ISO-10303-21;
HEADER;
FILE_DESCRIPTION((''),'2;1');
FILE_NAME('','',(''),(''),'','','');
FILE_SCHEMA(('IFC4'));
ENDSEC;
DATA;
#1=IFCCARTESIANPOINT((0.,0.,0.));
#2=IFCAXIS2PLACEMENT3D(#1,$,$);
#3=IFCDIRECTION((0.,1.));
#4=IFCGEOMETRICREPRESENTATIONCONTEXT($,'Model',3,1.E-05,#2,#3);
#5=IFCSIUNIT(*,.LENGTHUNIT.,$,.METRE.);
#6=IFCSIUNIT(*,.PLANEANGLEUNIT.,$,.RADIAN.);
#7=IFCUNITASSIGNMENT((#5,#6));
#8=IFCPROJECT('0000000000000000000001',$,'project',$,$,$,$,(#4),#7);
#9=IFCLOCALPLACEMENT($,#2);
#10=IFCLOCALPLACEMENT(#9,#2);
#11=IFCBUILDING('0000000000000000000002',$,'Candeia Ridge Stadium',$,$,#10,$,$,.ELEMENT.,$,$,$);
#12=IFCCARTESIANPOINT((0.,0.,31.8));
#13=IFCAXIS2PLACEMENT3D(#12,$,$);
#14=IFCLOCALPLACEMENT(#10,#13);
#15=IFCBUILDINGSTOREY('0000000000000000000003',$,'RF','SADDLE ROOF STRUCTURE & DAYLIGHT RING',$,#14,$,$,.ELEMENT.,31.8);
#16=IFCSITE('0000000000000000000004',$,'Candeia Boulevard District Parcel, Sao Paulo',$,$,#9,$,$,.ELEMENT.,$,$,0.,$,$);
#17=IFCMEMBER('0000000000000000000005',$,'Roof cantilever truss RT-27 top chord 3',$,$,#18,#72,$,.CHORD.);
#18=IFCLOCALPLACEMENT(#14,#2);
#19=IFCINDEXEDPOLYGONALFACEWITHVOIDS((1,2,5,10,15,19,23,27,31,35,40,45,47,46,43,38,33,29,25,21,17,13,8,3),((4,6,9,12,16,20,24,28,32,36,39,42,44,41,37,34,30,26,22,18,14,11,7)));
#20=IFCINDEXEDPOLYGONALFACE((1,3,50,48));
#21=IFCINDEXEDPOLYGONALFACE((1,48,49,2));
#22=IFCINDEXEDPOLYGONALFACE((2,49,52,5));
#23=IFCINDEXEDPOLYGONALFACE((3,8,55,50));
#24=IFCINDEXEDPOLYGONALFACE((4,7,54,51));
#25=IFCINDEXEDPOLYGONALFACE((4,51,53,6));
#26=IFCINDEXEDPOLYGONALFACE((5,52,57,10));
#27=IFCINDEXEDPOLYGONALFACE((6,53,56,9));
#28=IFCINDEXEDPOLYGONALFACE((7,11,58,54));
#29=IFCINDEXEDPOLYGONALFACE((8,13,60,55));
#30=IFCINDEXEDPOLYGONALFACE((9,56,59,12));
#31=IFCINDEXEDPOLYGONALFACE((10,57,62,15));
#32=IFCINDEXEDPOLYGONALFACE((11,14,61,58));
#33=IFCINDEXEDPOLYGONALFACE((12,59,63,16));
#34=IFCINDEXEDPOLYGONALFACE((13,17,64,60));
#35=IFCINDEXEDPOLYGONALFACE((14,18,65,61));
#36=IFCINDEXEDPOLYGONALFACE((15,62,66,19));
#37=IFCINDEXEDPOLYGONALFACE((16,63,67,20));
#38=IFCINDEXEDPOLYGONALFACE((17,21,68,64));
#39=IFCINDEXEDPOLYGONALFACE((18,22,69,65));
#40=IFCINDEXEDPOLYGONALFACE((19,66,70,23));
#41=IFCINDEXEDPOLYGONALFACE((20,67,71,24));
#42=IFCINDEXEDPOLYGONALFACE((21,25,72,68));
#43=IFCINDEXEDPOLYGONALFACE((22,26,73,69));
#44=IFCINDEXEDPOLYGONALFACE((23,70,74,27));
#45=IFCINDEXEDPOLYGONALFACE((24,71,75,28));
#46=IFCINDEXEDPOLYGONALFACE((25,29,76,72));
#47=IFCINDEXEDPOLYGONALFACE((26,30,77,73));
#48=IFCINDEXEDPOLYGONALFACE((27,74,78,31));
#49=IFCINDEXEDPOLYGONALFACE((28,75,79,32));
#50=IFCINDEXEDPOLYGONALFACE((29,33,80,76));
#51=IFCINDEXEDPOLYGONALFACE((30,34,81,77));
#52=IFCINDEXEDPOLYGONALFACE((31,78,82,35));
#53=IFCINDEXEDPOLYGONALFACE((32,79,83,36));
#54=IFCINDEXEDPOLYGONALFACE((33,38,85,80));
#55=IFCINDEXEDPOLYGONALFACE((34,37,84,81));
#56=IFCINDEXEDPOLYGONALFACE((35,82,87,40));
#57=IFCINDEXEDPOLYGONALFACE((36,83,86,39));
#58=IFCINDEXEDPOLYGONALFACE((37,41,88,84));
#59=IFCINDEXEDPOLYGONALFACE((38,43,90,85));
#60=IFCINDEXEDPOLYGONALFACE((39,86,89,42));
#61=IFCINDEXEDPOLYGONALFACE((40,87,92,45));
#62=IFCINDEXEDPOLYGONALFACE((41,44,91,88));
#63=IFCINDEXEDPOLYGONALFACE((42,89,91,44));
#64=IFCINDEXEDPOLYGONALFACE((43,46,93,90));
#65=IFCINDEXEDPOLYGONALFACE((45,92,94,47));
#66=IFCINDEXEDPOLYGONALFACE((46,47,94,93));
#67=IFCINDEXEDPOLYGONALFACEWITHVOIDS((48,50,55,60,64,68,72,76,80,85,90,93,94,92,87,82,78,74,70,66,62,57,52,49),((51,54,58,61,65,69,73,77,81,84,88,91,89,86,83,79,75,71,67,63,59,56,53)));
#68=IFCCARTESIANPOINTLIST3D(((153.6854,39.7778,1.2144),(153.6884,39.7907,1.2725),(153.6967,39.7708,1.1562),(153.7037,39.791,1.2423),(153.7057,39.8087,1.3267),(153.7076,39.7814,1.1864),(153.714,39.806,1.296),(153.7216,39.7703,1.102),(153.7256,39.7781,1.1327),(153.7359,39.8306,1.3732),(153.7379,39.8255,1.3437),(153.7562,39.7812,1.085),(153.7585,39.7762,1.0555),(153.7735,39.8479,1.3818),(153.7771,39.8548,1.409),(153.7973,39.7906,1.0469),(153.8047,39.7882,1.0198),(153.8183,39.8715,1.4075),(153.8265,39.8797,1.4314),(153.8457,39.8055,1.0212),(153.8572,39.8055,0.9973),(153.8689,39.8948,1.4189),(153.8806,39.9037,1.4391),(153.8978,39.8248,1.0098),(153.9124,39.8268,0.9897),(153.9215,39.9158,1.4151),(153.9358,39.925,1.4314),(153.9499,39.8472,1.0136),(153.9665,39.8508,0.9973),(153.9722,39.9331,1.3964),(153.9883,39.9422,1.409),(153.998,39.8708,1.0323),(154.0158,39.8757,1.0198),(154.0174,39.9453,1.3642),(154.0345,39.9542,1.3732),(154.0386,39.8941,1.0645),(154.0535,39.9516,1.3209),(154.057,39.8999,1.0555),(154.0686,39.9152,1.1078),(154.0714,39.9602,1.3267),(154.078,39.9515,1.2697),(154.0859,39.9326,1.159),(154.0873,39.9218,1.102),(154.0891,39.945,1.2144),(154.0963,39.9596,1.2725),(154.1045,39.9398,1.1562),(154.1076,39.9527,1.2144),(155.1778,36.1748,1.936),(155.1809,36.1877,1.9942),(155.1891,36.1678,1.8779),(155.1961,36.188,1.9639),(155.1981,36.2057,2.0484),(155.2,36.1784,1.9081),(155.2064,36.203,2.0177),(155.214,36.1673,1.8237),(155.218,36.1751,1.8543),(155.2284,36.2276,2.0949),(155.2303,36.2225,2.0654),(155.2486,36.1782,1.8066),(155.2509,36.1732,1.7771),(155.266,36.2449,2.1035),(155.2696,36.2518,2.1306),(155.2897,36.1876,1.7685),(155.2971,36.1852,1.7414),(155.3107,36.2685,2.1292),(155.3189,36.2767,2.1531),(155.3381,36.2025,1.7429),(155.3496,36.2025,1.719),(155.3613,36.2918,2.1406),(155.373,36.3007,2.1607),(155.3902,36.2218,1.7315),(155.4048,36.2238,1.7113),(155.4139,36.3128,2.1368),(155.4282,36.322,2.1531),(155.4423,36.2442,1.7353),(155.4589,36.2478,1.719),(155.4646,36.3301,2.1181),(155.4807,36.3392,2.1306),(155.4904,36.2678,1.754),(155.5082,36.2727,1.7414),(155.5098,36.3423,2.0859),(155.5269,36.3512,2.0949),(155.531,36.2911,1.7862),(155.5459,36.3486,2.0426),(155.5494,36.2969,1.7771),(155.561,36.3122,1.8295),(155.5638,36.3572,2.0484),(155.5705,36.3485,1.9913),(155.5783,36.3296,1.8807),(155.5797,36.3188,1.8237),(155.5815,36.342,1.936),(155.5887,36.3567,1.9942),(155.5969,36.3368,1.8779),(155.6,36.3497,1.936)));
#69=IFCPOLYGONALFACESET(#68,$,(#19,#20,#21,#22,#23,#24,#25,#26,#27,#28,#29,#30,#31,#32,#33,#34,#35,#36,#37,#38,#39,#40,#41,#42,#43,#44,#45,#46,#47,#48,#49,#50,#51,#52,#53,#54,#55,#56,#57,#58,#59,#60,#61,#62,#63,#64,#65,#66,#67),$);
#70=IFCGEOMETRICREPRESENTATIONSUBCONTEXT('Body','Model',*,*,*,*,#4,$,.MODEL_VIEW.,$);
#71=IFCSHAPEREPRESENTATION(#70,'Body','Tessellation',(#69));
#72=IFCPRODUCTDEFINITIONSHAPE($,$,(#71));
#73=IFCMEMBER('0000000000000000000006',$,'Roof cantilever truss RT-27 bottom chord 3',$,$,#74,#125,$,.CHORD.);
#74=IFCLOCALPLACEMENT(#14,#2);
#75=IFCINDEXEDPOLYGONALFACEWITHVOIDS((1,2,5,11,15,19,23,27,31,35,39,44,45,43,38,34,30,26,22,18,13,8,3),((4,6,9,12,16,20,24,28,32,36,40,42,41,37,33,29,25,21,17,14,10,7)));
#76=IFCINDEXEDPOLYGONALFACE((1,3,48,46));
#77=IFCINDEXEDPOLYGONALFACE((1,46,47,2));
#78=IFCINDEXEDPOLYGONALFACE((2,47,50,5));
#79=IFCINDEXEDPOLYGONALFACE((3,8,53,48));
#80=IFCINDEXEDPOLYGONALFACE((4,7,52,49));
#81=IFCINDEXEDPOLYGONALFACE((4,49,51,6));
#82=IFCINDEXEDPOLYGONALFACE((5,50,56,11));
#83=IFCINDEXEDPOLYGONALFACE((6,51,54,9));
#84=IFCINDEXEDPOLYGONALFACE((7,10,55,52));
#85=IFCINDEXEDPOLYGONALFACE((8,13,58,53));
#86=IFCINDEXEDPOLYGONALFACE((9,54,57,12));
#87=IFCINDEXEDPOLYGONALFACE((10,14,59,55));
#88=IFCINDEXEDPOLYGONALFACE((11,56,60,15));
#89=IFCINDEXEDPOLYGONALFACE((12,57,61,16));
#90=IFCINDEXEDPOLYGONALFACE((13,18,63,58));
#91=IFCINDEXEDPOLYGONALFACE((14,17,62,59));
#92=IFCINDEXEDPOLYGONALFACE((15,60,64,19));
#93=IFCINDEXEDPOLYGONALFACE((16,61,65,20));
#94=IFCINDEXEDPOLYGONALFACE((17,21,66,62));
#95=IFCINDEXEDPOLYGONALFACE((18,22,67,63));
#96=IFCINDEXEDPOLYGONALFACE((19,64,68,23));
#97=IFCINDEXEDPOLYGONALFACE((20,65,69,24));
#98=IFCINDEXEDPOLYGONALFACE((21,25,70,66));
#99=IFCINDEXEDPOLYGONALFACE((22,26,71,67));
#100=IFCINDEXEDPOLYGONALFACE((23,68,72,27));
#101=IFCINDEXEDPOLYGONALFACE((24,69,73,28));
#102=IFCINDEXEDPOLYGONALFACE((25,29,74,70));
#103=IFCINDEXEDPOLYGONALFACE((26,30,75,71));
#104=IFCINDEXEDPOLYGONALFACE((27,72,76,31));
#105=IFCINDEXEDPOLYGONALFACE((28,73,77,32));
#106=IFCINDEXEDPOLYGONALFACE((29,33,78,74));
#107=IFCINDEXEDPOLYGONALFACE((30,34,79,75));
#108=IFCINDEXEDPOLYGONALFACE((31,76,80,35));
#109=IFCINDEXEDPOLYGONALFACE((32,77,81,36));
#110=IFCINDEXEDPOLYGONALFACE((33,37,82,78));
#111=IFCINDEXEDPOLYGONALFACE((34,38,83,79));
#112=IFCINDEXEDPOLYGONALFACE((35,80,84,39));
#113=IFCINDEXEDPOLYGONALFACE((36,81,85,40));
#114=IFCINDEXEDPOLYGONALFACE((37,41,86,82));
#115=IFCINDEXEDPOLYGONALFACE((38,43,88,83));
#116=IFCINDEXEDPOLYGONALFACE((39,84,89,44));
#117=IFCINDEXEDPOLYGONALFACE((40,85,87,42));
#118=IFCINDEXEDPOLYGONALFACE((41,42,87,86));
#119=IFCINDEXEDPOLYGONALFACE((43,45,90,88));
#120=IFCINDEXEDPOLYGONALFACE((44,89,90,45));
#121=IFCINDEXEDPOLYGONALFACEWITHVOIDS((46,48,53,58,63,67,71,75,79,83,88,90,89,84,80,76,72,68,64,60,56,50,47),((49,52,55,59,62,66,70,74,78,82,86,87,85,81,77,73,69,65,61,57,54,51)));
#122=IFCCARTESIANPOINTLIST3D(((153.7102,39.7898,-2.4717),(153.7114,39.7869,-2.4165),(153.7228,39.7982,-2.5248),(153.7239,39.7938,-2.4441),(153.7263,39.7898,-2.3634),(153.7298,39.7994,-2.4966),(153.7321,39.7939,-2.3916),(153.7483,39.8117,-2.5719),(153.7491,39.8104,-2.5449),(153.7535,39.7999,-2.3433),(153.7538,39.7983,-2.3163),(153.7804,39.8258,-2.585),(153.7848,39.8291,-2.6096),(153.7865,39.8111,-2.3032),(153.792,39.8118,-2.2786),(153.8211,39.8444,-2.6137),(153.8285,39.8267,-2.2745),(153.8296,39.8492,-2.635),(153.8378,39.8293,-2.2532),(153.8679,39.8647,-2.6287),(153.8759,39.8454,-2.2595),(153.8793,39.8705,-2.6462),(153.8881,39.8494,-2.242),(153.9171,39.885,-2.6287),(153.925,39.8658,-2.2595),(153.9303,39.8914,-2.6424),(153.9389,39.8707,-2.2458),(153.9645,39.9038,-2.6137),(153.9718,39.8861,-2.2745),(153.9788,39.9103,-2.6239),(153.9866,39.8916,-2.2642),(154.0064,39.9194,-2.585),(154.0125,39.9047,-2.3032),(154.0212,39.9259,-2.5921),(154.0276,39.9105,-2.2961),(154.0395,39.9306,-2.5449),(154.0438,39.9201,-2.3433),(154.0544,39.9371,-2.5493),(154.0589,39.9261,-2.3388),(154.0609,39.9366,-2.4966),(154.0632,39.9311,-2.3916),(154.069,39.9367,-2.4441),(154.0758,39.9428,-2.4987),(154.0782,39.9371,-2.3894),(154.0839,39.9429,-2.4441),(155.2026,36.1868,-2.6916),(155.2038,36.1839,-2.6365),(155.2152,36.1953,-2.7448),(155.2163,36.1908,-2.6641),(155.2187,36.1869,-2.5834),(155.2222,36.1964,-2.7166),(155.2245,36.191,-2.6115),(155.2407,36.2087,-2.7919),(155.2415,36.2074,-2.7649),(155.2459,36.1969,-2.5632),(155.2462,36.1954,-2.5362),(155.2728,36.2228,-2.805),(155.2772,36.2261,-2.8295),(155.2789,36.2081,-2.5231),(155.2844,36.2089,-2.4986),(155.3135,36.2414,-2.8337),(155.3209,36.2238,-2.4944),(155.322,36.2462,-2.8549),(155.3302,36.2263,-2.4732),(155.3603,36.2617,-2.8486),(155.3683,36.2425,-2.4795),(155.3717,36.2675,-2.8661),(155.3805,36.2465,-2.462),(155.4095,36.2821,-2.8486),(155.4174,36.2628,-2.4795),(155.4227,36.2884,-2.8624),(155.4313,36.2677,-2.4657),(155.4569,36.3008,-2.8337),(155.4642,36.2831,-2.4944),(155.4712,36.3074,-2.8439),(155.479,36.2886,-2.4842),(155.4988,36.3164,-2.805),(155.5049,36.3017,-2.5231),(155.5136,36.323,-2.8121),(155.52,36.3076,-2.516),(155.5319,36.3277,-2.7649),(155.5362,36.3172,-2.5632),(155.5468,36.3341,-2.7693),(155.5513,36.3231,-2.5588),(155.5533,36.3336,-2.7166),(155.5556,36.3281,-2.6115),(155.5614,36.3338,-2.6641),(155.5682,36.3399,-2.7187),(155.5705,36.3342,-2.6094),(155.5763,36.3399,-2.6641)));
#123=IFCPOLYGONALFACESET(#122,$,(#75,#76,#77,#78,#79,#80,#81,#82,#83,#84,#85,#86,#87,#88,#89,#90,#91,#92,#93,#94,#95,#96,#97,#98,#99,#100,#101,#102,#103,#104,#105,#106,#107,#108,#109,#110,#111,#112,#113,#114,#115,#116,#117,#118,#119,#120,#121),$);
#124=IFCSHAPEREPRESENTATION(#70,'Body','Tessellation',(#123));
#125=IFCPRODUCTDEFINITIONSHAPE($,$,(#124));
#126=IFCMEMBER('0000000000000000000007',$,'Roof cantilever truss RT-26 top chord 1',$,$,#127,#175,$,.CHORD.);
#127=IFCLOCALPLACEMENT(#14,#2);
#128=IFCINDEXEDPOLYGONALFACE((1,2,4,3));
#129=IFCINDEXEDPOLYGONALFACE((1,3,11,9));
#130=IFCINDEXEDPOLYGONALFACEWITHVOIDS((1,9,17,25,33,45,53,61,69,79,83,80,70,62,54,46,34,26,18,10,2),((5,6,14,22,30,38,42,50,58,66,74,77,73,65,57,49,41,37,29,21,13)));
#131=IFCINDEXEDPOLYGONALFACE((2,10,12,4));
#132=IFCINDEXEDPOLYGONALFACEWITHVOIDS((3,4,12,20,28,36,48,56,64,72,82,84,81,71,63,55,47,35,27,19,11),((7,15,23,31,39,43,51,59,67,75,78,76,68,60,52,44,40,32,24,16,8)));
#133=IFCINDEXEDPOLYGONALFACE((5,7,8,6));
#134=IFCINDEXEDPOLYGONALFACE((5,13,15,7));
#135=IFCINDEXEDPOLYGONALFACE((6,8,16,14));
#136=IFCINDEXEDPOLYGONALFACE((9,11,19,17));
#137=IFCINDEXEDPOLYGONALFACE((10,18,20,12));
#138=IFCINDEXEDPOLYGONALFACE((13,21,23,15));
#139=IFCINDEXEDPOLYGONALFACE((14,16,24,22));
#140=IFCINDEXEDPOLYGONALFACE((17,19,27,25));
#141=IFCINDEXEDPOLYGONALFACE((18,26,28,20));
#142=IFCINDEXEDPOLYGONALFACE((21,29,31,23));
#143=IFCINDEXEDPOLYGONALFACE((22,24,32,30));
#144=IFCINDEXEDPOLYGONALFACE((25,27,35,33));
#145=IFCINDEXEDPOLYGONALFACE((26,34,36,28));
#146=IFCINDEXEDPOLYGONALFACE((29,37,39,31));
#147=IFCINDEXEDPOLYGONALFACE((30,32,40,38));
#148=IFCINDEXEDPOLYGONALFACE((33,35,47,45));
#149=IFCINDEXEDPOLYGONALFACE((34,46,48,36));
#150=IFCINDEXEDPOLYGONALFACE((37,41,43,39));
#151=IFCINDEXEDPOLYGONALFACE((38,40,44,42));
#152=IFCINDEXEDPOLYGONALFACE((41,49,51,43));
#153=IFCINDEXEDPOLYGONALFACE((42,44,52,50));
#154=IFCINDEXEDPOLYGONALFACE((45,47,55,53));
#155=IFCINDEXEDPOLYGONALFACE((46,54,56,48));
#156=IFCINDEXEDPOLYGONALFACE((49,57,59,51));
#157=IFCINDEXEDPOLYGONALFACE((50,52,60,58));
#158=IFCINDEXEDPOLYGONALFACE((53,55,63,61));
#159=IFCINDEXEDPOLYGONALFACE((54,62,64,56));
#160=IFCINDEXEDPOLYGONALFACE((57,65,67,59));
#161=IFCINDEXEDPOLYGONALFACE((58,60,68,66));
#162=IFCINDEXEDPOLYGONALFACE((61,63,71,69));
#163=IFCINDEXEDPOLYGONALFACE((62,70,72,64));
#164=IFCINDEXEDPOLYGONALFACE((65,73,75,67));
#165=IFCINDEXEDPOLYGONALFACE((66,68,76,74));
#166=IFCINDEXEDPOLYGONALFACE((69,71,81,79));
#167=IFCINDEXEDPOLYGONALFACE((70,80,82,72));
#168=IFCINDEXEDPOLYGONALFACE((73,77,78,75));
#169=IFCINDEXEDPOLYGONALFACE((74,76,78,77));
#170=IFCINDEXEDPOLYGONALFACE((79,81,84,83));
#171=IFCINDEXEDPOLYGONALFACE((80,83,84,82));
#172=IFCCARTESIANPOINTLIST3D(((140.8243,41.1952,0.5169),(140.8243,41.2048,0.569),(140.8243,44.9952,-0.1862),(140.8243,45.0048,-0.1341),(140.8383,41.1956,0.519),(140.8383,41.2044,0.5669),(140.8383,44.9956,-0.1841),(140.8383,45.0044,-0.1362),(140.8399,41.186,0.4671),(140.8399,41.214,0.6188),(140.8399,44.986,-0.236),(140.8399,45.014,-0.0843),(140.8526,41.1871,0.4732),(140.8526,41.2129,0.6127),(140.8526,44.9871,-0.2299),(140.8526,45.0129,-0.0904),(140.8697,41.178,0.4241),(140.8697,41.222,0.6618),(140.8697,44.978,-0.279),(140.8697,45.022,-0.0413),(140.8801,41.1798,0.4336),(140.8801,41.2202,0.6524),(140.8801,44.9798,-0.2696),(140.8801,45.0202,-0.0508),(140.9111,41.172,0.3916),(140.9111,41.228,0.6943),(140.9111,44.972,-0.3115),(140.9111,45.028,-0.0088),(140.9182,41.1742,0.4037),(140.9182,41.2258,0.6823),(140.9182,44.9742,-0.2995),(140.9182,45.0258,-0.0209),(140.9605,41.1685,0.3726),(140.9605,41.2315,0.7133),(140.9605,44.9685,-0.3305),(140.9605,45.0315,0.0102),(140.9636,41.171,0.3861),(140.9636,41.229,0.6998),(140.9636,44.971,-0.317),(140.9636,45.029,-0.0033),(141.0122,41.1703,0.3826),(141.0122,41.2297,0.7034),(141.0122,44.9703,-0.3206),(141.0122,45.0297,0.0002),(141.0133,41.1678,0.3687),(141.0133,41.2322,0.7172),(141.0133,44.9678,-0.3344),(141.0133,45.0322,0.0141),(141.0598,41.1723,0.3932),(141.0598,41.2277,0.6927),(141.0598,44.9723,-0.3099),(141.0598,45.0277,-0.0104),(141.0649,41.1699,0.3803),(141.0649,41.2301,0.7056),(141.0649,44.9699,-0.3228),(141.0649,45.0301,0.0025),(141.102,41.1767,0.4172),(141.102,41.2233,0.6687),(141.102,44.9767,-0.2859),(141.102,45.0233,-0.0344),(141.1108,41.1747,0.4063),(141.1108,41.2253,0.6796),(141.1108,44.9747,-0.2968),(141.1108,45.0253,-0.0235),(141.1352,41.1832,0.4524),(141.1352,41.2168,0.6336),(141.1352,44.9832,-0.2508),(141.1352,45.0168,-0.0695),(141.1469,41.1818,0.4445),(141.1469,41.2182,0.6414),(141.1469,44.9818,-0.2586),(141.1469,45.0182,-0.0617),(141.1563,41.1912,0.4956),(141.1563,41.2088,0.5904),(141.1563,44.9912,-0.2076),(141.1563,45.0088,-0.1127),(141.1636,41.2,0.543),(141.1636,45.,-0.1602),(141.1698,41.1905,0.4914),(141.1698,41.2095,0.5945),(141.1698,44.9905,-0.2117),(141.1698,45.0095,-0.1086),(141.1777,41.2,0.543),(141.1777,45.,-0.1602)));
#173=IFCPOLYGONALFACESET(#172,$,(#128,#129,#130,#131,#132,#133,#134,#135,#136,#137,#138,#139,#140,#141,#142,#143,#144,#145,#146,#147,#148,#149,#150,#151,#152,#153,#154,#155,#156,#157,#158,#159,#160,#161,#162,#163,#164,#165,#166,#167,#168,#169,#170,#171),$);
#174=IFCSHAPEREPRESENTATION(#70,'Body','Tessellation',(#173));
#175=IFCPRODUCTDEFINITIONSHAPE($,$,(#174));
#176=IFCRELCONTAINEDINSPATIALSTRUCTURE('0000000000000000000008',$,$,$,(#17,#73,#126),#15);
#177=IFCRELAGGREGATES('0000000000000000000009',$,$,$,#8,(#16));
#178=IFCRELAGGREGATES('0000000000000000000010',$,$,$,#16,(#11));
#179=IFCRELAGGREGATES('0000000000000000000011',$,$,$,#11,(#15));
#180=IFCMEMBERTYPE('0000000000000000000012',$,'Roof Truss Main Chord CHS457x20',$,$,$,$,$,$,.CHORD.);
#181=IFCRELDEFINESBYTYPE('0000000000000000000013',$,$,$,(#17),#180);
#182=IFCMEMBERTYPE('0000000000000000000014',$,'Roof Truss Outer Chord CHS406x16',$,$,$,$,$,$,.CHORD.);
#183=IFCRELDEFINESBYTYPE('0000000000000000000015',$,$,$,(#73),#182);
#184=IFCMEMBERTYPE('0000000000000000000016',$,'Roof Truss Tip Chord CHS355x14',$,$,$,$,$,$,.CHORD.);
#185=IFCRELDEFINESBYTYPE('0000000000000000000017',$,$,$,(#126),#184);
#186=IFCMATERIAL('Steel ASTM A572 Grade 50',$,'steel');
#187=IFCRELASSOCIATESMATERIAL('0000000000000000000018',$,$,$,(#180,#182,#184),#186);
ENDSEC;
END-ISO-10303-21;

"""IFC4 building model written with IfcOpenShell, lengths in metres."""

from ifc_helpers import new_model, si_unit, direction, frame, origin, origin_2d, place, context, subcontext, project, spatial, hollow_circle, extrude, material, material_profile, profile_set, type_object, element, save


model = new_model("IFC4")

# Units and contexts
model_context = context("Model", 3, precision=1e-05, world=origin(), true_north=direction((0.0, 1.0)))
body_context = subcontext(model_context, "Body", "Model", "MODEL_VIEW")
ifc_project = project(units=[si_unit("LENGTHUNIT", "METRE"), si_unit("PLANEANGLEUNIT", "RADIAN")], contexts=[model_context])

# Site, building, storey
site_placement = place(None, origin())
site = spatial("IfcSite", under=ifc_project, at=site_placement, Name="Candeia Boulevard District Parcel, Sao Paulo", CompositionType="ELEMENT", RefElevation=0.0)
building_placement = place(site_placement, origin())
building = spatial("IfcBuilding", under=site, at=building_placement, Name="Candeia Ridge Stadium", CompositionType="ELEMENT")
storey_placement = place(building_placement, frame((0.0, 0.0, 31.8)))
storey = spatial("IfcBuildingStorey", under=building, at=storey_placement, Name="RF", Description="SADDLE ROOF STRUCTURE & DAYLIGHT RING", CompositionType="ELEMENT", Elevation=31.8)

# Shared definitions
ifc_material_1 = material(Name="Steel ASTM A572 Grade 50", Category="steel")

# Members
ifc_material_profile_1 = material_profile(ifc_material_1, hollow_circle(Radius=0.2285, WallThickness=0.02, at=origin_2d()), Name="CHS457x20", Category="steel")
ifc_profile_set_1 = profile_set([ifc_material_profile_1], Name="Steel ASTM A572 Grade 50")
member_type_1 = type_object("IfcMemberType", Name="Roof Truss Main Chord CHS457x20", PredefinedType="CHORD", material=ifc_profile_set_1)
member_1_placement = place(storey_placement, frame((153.8965, 39.8652, 1.2144), z_axis=(0.376297, -0.908455, 0.181962), x_axis=(0.923879, 0.382685, 0.0)))
element("IfcMember", 1, at=member_1_placement, inside=storey, type_object=member_type_1, Name="Roof cantilever truss RT-27 top chord 3", PredefinedType="CHORD", context=body_context, shape_type="SweptSolid", body=[
    extrude(hollow_circle(Radius=0.2285, WallThickness=0.02, at=origin_2d()), origin(), (0.0, 0.0, 1.0), 3.9661),
])
ifc_material_profile_2 = material_profile(ifc_material_1, hollow_circle(Radius=0.2029, WallThickness=0.0161, at=origin_2d()), Name="CHS406x16", Category="steel")
ifc_profile_set_2 = profile_set([ifc_material_profile_2], Name="Steel ASTM A572 Grade 50")
member_type_2 = type_object("IfcMemberType", Name="Roof Truss Outer Chord CHS406x16", PredefinedType="CHORD", material=ifc_profile_set_2)
member_2_placement = place(storey_placement, frame((153.8965, 39.8652, -2.4441), z_axis=(0.382078, -0.922413, -0.056315), x_axis=(0.923879, 0.382685, 0.0)))
element("IfcMember", 2, at=member_2_placement, inside=storey, type_object=member_type_2, Name="Roof cantilever truss RT-27 bottom chord 3", PredefinedType="CHORD", context=body_context, shape_type="SweptSolid", body=[
    extrude(hollow_circle(Radius=0.2029, WallThickness=0.0161, at=origin_2d()), origin(), (0.0, 0.0, 1.0), 3.906),
])
ifc_material_profile_3 = material_profile(ifc_material_1, hollow_circle(Radius=0.1777, WallThickness=0.0142, at=origin_2d()), Name="CHS355x14", Category="steel")
ifc_profile_set_3 = profile_set([ifc_material_profile_3], Name="Steel ASTM A572 Grade 50")
member_type_3 = type_object("IfcMemberType", Name="Roof Truss Tip Chord CHS355x14", PredefinedType="CHORD", material=ifc_profile_set_3)
member_3_placement = place(storey_placement, frame((141.0, 45.0, -0.1602), z_axis=(0.0, -0.983309, 0.181942), x_axis=(1.0, 0.0, 0.0)))
element("IfcMember", 3, at=member_3_placement, inside=storey, type_object=member_type_3, Name="Roof cantilever truss RT-26 top chord 1", PredefinedType="CHORD", context=body_context, shape_type="SweptSolid", body=[
    extrude(hollow_circle(Radius=0.1777, WallThickness=0.0142, at=origin_2d()), origin(), (0.0, 0.0, 1.0), 3.8645),
])

save(model, "model.ifc")
